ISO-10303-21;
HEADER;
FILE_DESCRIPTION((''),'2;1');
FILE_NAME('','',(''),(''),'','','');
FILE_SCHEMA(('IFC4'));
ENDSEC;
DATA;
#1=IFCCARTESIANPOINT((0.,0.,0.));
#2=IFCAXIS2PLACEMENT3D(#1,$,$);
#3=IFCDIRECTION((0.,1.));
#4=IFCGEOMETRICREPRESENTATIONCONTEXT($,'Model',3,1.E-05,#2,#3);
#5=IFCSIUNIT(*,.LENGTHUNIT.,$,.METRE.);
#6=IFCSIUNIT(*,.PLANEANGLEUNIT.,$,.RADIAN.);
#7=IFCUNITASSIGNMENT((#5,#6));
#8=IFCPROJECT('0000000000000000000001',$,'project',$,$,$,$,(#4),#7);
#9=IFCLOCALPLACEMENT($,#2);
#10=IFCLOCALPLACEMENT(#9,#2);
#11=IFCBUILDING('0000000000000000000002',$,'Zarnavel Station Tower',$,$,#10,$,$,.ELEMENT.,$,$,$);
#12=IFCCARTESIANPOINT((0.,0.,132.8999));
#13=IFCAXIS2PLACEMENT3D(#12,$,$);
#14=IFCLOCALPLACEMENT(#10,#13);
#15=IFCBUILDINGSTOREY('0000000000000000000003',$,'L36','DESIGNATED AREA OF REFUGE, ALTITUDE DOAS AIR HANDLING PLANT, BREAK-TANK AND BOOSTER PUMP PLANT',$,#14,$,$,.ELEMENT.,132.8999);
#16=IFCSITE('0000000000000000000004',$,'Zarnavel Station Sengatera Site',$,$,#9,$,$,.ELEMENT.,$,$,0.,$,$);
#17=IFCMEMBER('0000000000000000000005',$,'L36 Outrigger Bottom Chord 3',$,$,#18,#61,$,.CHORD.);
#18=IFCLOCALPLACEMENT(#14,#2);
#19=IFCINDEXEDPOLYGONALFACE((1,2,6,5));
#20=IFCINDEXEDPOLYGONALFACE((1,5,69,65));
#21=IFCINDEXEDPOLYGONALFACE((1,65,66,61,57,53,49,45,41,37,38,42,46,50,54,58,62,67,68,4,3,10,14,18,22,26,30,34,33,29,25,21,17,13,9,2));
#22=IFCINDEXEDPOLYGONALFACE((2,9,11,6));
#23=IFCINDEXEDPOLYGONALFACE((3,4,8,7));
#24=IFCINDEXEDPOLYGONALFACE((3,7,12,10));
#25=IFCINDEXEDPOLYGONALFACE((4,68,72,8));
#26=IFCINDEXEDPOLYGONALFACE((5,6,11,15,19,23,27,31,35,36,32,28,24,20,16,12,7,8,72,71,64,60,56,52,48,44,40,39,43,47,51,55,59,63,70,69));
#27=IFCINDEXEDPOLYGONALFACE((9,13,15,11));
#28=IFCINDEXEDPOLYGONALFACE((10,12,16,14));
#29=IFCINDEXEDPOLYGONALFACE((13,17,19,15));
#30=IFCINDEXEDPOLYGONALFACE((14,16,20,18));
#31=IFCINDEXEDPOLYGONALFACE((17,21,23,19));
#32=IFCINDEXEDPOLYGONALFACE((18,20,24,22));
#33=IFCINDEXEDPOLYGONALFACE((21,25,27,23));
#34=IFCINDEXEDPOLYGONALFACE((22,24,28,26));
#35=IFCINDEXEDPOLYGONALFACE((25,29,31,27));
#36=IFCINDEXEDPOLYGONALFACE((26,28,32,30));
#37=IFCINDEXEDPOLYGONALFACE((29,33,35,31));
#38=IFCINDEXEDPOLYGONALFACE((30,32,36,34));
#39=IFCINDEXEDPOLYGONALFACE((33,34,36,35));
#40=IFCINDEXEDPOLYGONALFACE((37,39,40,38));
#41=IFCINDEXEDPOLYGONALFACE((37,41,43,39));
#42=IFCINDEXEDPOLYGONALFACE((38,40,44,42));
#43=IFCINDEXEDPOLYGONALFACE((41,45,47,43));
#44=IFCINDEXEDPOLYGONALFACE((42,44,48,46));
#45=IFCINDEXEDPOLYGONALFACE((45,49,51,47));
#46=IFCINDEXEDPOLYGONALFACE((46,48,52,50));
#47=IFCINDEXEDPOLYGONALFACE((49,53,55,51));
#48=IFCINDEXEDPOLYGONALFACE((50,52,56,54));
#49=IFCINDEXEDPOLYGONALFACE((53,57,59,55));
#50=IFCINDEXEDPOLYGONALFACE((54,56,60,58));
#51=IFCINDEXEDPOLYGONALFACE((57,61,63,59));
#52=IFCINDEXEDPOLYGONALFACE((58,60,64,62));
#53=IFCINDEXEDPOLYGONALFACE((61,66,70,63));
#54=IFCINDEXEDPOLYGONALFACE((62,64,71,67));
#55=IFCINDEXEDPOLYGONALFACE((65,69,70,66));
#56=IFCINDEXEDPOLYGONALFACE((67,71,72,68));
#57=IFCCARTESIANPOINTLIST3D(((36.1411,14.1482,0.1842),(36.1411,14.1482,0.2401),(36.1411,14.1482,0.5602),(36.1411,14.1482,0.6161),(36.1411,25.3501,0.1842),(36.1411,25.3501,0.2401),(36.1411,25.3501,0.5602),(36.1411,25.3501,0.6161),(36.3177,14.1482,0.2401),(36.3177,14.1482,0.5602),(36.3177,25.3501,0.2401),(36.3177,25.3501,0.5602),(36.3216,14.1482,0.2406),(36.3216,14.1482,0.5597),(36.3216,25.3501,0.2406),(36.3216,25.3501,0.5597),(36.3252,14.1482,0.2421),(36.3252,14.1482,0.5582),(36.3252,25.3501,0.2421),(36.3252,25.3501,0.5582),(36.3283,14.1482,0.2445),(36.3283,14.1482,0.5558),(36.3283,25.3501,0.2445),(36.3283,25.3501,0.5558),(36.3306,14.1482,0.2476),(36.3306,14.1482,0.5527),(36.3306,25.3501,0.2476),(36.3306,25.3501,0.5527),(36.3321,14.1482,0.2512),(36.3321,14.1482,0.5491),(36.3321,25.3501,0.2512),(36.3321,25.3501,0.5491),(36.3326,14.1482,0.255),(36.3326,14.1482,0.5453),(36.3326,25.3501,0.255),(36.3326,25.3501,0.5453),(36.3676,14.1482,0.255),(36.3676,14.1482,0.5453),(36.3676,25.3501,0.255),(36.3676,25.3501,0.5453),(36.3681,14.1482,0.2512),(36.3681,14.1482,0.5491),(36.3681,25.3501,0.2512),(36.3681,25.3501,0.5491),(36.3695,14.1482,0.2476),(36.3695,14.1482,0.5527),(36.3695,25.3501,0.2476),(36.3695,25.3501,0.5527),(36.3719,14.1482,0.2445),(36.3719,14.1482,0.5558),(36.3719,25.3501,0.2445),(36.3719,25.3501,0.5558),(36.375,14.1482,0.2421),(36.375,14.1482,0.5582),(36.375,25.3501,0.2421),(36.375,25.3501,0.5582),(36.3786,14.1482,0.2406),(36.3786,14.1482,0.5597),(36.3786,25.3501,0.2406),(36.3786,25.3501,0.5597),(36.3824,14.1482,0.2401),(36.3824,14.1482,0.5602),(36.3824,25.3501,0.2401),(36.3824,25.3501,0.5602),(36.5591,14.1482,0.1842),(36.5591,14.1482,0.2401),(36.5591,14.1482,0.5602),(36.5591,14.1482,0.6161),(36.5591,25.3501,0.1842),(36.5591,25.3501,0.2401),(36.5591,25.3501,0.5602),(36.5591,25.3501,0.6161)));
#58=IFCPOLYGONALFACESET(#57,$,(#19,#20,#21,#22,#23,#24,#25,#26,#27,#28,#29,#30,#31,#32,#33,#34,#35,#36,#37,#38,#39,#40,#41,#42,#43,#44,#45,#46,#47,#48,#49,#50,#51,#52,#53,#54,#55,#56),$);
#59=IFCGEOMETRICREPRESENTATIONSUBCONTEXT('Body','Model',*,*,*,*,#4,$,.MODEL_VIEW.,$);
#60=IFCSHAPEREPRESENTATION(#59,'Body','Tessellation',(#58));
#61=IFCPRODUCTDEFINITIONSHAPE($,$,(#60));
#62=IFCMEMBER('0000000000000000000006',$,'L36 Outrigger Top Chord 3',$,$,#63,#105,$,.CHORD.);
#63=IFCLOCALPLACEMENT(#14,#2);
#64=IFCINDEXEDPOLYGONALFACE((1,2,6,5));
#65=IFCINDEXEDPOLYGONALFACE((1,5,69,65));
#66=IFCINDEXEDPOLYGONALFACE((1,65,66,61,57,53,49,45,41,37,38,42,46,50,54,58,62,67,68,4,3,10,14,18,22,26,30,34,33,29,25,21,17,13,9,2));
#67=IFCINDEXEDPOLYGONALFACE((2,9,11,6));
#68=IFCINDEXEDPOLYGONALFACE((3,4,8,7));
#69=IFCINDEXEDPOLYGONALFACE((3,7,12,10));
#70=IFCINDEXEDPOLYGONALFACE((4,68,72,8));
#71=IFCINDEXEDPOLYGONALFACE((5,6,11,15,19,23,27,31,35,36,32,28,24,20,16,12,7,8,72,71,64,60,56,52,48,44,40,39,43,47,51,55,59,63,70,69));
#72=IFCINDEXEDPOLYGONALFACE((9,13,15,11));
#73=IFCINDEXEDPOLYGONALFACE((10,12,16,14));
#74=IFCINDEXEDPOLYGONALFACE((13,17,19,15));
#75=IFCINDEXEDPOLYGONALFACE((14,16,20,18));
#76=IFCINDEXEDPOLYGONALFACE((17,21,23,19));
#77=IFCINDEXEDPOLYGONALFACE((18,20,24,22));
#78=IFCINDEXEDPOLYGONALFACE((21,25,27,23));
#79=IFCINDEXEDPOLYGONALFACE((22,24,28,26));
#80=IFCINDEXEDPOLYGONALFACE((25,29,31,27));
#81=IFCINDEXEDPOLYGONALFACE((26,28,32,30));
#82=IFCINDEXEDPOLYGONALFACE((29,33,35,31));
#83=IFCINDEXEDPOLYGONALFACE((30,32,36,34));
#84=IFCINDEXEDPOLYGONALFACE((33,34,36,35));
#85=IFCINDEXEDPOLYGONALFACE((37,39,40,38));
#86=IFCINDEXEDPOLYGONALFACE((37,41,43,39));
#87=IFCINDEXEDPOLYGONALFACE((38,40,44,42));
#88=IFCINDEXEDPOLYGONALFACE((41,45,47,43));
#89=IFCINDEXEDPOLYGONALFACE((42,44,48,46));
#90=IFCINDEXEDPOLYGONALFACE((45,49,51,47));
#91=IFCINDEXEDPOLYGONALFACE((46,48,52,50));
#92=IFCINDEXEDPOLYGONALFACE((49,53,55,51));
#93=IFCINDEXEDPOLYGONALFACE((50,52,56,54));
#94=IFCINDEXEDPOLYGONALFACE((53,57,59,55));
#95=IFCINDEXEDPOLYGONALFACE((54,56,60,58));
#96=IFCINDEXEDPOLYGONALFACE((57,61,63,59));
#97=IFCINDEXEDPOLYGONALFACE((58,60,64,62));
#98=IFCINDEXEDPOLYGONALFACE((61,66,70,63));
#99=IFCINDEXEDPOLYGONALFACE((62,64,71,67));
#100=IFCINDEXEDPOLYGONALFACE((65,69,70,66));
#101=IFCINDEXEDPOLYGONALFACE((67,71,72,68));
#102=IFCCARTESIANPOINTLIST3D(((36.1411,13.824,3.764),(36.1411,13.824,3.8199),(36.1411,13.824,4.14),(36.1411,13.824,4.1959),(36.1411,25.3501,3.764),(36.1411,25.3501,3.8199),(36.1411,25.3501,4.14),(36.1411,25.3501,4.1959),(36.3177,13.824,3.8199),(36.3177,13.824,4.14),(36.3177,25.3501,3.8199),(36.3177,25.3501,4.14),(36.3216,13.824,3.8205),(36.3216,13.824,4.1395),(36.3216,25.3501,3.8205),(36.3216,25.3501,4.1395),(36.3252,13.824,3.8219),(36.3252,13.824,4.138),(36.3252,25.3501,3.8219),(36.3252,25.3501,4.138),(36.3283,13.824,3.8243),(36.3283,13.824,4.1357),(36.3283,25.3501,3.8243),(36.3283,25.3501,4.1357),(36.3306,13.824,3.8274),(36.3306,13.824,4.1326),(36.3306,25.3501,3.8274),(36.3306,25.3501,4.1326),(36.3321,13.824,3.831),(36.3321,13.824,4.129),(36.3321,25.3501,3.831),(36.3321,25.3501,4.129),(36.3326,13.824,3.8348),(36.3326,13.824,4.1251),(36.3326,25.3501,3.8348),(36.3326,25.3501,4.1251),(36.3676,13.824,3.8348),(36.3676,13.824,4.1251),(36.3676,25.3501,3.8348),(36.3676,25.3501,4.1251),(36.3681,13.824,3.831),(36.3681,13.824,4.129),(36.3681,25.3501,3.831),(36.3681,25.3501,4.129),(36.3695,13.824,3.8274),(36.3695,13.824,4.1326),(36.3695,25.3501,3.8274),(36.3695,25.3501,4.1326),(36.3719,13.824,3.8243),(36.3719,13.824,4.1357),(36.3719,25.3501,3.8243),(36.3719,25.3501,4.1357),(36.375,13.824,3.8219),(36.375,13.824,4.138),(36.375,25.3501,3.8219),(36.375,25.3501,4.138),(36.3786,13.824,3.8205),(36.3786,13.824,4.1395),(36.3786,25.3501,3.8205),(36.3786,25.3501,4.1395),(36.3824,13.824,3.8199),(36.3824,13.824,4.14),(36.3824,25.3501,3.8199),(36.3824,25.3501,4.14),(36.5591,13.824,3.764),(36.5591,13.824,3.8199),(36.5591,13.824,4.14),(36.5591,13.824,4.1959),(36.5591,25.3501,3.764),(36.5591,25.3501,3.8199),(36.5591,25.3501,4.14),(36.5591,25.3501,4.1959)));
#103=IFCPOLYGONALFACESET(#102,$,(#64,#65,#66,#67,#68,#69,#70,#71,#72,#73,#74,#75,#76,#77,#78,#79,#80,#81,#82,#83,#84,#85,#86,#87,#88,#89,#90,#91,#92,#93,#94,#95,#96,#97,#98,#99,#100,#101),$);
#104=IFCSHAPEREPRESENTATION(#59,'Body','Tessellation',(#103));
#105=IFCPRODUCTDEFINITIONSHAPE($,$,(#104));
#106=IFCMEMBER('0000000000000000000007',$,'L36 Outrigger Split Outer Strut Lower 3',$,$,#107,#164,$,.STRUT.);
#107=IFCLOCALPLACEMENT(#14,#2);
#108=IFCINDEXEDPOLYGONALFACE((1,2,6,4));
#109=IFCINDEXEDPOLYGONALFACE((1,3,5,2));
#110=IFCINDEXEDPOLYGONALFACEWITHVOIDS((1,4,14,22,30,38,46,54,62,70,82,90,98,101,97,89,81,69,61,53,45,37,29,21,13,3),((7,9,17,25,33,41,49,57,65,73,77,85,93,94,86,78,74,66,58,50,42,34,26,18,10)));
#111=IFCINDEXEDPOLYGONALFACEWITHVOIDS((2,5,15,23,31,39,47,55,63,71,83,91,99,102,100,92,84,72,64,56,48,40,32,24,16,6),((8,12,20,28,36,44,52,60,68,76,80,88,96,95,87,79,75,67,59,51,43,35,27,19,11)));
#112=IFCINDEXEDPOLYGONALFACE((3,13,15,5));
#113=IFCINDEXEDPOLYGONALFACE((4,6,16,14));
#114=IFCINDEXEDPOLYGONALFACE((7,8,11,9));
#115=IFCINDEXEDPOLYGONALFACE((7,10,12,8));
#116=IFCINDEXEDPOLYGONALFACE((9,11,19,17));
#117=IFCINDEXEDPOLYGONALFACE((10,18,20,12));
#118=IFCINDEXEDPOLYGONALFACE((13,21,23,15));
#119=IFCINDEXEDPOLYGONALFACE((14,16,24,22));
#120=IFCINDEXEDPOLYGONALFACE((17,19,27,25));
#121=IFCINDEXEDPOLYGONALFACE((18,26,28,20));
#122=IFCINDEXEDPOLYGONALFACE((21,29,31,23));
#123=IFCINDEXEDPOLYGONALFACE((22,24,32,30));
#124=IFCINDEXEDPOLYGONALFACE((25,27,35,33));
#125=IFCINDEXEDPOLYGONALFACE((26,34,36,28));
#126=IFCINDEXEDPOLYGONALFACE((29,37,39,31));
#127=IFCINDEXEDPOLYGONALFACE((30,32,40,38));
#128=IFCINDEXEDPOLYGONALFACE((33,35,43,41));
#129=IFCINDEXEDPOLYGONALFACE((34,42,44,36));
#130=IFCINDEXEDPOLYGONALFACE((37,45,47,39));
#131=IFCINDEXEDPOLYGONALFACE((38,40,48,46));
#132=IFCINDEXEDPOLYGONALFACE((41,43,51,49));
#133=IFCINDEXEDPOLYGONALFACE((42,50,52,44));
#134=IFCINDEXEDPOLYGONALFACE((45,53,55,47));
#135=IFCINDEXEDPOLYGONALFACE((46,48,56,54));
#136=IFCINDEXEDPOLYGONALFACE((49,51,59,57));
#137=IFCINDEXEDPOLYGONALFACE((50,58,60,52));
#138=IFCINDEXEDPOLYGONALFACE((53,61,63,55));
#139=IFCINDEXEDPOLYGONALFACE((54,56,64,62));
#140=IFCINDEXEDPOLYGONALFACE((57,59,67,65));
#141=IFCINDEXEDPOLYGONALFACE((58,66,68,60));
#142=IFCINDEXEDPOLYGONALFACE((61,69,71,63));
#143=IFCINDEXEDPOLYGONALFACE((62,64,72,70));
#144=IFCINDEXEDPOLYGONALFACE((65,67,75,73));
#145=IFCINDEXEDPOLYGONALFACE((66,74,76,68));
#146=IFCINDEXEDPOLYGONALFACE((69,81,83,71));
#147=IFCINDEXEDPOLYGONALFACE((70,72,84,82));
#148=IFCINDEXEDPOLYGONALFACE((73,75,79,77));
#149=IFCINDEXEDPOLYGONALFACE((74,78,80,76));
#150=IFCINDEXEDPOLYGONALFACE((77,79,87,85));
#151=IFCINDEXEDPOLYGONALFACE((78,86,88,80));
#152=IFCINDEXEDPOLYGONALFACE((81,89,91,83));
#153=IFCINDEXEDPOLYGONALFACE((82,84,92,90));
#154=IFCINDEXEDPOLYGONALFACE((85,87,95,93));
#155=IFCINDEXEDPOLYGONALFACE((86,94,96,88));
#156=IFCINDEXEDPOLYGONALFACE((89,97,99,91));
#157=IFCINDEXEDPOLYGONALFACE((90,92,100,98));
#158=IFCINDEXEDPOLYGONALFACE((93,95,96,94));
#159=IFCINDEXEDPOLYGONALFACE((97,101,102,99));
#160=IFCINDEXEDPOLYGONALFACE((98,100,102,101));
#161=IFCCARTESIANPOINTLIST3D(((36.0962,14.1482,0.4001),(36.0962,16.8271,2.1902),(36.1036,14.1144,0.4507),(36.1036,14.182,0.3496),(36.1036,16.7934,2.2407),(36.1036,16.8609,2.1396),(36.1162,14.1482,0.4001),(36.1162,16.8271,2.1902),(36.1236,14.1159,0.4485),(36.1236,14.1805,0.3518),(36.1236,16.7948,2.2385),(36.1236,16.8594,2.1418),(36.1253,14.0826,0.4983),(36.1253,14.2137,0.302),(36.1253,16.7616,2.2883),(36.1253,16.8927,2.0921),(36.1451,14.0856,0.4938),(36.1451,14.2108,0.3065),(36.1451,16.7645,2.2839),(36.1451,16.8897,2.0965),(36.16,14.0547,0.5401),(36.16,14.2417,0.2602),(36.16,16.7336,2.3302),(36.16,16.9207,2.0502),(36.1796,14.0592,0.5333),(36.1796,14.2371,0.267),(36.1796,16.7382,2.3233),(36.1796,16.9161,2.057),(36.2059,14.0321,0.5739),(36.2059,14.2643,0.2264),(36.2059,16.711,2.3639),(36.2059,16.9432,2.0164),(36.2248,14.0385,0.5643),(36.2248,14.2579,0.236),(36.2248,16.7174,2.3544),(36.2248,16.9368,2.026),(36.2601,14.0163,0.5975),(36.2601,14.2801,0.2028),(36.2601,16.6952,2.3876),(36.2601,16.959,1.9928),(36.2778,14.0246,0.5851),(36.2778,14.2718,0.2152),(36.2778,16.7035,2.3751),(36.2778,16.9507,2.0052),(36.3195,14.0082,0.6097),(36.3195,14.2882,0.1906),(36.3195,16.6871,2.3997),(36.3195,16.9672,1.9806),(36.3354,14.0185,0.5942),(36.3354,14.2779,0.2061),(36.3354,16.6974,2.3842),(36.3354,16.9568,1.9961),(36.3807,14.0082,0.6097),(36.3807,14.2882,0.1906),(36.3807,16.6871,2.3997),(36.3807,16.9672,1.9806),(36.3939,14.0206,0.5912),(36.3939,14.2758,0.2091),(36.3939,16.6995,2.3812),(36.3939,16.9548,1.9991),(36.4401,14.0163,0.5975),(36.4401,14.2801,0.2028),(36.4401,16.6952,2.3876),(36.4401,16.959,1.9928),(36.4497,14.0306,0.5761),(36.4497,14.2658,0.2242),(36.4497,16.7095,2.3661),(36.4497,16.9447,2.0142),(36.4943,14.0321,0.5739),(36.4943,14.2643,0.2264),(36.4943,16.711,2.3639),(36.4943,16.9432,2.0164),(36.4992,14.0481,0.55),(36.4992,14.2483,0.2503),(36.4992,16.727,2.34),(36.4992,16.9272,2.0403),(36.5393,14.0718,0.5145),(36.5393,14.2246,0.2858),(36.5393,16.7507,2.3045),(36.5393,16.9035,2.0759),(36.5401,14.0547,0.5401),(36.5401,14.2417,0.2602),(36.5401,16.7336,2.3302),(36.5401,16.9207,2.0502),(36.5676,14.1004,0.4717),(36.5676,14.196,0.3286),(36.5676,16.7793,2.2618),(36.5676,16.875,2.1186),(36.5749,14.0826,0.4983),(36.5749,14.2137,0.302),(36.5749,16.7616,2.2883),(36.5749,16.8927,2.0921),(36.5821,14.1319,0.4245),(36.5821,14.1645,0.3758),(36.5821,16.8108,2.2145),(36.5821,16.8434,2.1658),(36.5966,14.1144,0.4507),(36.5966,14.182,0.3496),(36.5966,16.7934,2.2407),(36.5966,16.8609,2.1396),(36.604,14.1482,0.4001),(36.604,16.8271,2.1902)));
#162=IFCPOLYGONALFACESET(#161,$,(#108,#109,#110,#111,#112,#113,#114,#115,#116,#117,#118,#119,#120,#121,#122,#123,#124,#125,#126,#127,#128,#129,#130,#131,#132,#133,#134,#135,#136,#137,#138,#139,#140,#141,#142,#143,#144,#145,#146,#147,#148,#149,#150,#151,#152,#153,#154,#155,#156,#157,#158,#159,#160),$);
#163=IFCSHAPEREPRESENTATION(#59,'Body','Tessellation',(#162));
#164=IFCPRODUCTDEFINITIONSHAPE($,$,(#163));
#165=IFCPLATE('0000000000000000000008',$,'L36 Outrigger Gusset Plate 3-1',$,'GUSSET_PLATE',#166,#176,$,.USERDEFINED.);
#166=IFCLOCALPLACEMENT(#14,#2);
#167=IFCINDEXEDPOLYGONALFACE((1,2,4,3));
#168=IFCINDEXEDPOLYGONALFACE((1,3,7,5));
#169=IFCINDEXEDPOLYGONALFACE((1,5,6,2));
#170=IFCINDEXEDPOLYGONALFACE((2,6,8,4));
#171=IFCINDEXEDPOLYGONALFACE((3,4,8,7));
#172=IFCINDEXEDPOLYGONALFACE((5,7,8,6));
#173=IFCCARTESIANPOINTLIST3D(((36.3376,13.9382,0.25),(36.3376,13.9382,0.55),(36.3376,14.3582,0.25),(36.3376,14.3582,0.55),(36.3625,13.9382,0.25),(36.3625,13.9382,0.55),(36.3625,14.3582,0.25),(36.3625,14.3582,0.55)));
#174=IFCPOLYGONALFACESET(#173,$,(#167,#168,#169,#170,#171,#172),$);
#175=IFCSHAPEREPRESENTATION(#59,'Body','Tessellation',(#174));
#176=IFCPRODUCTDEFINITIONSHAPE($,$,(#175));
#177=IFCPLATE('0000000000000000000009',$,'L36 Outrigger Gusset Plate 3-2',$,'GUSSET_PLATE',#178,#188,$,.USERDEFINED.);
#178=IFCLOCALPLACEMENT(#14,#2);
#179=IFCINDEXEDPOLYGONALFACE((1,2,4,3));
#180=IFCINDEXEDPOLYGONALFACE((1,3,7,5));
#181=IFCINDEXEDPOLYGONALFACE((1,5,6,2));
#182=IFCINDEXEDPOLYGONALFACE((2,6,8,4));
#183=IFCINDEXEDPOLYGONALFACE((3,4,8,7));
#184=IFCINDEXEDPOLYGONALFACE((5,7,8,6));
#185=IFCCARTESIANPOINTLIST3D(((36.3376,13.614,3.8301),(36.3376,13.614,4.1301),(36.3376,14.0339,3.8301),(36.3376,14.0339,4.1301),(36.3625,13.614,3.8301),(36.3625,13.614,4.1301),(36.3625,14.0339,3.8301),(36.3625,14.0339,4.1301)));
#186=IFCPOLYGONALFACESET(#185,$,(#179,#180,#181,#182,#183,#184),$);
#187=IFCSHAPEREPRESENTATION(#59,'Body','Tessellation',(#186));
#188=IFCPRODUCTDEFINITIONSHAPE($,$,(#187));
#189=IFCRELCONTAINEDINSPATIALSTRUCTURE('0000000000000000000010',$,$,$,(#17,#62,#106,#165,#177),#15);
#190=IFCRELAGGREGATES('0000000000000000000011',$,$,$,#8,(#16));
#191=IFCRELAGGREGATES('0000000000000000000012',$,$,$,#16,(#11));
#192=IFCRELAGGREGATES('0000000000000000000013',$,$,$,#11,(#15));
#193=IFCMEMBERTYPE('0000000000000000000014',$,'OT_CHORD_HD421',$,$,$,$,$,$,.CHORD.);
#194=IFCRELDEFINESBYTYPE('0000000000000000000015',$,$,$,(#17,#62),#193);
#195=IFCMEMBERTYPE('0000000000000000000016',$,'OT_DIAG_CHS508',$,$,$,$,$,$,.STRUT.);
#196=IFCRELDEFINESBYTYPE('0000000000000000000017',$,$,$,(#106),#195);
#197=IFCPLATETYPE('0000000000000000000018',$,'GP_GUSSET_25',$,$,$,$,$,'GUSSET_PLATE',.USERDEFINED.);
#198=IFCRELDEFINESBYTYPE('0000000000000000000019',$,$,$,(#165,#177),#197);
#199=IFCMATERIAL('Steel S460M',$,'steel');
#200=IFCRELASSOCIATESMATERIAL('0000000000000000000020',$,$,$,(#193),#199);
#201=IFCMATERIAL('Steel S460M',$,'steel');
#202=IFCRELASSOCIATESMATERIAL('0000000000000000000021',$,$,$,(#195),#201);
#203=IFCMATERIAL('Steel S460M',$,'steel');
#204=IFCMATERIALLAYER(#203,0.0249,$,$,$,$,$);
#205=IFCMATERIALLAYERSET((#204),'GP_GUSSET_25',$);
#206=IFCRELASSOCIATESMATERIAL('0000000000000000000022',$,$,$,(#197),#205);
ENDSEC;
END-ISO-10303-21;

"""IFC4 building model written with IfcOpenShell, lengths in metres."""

from ifc_helpers import new_model, si_unit, direction, frame, origin, origin_2d, place, context, subcontext, project, spatial, rectangle, hollow_circle, i_section, extrude, material, layer, layer_set, material_profile, profile_set, type_object, element, save


model = new_model("IFC4")

# Units and contexts
model_context = context("Model", 3, precision=1e-05, world=origin(), true_north=direction((0.0, 1.0)))
body_context = subcontext(model_context, "Body", "Model", "MODEL_VIEW")
ifc_project = project(units=[si_unit("LENGTHUNIT", "METRE"), si_unit("PLANEANGLEUNIT", "RADIAN")], contexts=[model_context])

# Site, building, storey
site_placement = place(None, origin())
site = spatial("IfcSite", under=ifc_project, at=site_placement, Name="Zarnavel Station Sengatera Site", CompositionType="ELEMENT", RefElevation=0.0)
building_placement = place(site_placement, origin())
building = spatial("IfcBuilding", under=site, at=building_placement, Name="Zarnavel Station Tower", CompositionType="ELEMENT")
storey_placement = place(building_placement, frame((0.0, 0.0, 132.8999)))
storey = spatial("IfcBuildingStorey", under=building, at=storey_placement, Name="L36", Description="DESIGNATED AREA OF REFUGE, ALTITUDE DOAS AIR HANDLING PLANT, BREAK-TANK AND BOOSTER PUMP PLANT", CompositionType="ELEMENT", Elevation=132.8999)

# Members
ifc_material_1 = material(Name="Steel S460M", Category="steel")
ifc_material_profile_1 = material_profile(ifc_material_1, i_section(OverallWidth=0.418, OverallDepth=0.4319, WebThickness=0.0349, FlangeThickness=0.0559, FilletRadius=0.0149, at=origin_2d()), Name="HD400x421")
ifc_profile_set_1 = profile_set([ifc_material_profile_1], Name="Steel S460M")
member_type_1 = type_object("IfcMemberType", Name="OT_CHORD_HD421", PredefinedType="CHORD", material=ifc_profile_set_1)
member_1_placement = place(storey_placement, frame((36.3501, 14.1482, 0.4001), z_axis=(0.0, 1.0, 0.0), x_axis=(-1.0, 0.0, 0.0)))
element("IfcMember", 1, at=member_1_placement, inside=storey, type_object=member_type_1, Name="L36 Outrigger Bottom Chord 3", PredefinedType="CHORD", context=body_context, shape_type="SweptSolid", body=[
    extrude(i_section(OverallWidth=0.418, OverallDepth=0.4319, WebThickness=0.0349, FlangeThickness=0.0559, FilletRadius=0.0149, at=origin_2d()), origin(), (0.0, 0.0, 1.0), 11.2019),
])
member_2_placement = place(storey_placement, frame((36.3501, 13.824, 3.98), z_axis=(0.0, 1.0, 0.0), x_axis=(-1.0, 0.0, 0.0)))
element("IfcMember", 2, at=member_2_placement, inside=storey, type_object=member_type_1, Name="L36 Outrigger Top Chord 3", PredefinedType="CHORD", context=body_context, shape_type="SweptSolid", body=[
    extrude(i_section(OverallWidth=0.418, OverallDepth=0.4319, WebThickness=0.0349, FlangeThickness=0.0559, FilletRadius=0.0149, at=origin_2d()), origin(), (0.0, 0.0, 1.0), 11.5261),
])
ifc_material_2 = material(Name="Steel S460M", Category="steel")
ifc_material_profile_2 = material_profile(ifc_material_2, hollow_circle(Radius=0.2539, WallThickness=0.02, at=origin_2d()), Name="CHS508x20")
ifc_profile_set_2 = profile_set([ifc_material_profile_2], Name="Steel S460M")
member_type_2 = type_object("IfcMemberType", Name="OT_DIAG_CHS508", PredefinedType="STRUT", material=ifc_profile_set_2)
member_3_placement = place(storey_placement, frame((36.3501, 14.1482, 0.4001), z_axis=(0.0, 0.831467, 0.555574), x_axis=(-1.0, 0.0, 0.0)))
element("IfcMember", 3, at=member_3_placement, inside=storey, type_object=member_type_2, Name="L36 Outrigger Split Outer Strut Lower 3", PredefinedType="STRUT", context=body_context, shape_type="SweptSolid", body=[
    extrude(hollow_circle(Radius=0.2539, WallThickness=0.02, at=origin_2d()), origin(), (0.0, 0.0, 1.0), 3.2219),
])

# Plates
ifc_material_3 = material(Name="Steel S460M", Category="steel")
ifc_layer_1 = layer(ifc_material_3, 0.0249)
ifc_layer_set_1 = layer_set([ifc_layer_1], Name="GP_GUSSET_25")
plate_type = type_object("IfcPlateType", Name="GP_GUSSET_25", ElementType="GUSSET_PLATE", PredefinedType="USERDEFINED", material=ifc_layer_set_1)
for number, where, z_axis, x_axis, name in (
    (4, (36.3501, 14.1482, 0.25), (0.0, 0.0, 1.0), (1.0, 0.0, 0.0), "L36 Outrigger Gusset Plate 3-1"),
    (5, (36.3501, 13.824, 3.8301), (0.0, 0.0, 1.0), (1.0, 0.0, 0.0), "L36 Outrigger Gusset Plate 3-2"),
):
    element("IfcPlate", number, at=place(storey_placement, frame(where, z_axis=z_axis, x_axis=x_axis)), inside=storey, type_object=plate_type, Name=name, ObjectType="GUSSET_PLATE", PredefinedType="USERDEFINED", context=body_context, shape_type="SweptSolid", body=[
        extrude(rectangle(XDim=0.0249, YDim=0.4199, at=origin_2d()), origin(), (0.0, 0.0, 1.0), 0.3),
    ])

save(model, "model.ifc")
